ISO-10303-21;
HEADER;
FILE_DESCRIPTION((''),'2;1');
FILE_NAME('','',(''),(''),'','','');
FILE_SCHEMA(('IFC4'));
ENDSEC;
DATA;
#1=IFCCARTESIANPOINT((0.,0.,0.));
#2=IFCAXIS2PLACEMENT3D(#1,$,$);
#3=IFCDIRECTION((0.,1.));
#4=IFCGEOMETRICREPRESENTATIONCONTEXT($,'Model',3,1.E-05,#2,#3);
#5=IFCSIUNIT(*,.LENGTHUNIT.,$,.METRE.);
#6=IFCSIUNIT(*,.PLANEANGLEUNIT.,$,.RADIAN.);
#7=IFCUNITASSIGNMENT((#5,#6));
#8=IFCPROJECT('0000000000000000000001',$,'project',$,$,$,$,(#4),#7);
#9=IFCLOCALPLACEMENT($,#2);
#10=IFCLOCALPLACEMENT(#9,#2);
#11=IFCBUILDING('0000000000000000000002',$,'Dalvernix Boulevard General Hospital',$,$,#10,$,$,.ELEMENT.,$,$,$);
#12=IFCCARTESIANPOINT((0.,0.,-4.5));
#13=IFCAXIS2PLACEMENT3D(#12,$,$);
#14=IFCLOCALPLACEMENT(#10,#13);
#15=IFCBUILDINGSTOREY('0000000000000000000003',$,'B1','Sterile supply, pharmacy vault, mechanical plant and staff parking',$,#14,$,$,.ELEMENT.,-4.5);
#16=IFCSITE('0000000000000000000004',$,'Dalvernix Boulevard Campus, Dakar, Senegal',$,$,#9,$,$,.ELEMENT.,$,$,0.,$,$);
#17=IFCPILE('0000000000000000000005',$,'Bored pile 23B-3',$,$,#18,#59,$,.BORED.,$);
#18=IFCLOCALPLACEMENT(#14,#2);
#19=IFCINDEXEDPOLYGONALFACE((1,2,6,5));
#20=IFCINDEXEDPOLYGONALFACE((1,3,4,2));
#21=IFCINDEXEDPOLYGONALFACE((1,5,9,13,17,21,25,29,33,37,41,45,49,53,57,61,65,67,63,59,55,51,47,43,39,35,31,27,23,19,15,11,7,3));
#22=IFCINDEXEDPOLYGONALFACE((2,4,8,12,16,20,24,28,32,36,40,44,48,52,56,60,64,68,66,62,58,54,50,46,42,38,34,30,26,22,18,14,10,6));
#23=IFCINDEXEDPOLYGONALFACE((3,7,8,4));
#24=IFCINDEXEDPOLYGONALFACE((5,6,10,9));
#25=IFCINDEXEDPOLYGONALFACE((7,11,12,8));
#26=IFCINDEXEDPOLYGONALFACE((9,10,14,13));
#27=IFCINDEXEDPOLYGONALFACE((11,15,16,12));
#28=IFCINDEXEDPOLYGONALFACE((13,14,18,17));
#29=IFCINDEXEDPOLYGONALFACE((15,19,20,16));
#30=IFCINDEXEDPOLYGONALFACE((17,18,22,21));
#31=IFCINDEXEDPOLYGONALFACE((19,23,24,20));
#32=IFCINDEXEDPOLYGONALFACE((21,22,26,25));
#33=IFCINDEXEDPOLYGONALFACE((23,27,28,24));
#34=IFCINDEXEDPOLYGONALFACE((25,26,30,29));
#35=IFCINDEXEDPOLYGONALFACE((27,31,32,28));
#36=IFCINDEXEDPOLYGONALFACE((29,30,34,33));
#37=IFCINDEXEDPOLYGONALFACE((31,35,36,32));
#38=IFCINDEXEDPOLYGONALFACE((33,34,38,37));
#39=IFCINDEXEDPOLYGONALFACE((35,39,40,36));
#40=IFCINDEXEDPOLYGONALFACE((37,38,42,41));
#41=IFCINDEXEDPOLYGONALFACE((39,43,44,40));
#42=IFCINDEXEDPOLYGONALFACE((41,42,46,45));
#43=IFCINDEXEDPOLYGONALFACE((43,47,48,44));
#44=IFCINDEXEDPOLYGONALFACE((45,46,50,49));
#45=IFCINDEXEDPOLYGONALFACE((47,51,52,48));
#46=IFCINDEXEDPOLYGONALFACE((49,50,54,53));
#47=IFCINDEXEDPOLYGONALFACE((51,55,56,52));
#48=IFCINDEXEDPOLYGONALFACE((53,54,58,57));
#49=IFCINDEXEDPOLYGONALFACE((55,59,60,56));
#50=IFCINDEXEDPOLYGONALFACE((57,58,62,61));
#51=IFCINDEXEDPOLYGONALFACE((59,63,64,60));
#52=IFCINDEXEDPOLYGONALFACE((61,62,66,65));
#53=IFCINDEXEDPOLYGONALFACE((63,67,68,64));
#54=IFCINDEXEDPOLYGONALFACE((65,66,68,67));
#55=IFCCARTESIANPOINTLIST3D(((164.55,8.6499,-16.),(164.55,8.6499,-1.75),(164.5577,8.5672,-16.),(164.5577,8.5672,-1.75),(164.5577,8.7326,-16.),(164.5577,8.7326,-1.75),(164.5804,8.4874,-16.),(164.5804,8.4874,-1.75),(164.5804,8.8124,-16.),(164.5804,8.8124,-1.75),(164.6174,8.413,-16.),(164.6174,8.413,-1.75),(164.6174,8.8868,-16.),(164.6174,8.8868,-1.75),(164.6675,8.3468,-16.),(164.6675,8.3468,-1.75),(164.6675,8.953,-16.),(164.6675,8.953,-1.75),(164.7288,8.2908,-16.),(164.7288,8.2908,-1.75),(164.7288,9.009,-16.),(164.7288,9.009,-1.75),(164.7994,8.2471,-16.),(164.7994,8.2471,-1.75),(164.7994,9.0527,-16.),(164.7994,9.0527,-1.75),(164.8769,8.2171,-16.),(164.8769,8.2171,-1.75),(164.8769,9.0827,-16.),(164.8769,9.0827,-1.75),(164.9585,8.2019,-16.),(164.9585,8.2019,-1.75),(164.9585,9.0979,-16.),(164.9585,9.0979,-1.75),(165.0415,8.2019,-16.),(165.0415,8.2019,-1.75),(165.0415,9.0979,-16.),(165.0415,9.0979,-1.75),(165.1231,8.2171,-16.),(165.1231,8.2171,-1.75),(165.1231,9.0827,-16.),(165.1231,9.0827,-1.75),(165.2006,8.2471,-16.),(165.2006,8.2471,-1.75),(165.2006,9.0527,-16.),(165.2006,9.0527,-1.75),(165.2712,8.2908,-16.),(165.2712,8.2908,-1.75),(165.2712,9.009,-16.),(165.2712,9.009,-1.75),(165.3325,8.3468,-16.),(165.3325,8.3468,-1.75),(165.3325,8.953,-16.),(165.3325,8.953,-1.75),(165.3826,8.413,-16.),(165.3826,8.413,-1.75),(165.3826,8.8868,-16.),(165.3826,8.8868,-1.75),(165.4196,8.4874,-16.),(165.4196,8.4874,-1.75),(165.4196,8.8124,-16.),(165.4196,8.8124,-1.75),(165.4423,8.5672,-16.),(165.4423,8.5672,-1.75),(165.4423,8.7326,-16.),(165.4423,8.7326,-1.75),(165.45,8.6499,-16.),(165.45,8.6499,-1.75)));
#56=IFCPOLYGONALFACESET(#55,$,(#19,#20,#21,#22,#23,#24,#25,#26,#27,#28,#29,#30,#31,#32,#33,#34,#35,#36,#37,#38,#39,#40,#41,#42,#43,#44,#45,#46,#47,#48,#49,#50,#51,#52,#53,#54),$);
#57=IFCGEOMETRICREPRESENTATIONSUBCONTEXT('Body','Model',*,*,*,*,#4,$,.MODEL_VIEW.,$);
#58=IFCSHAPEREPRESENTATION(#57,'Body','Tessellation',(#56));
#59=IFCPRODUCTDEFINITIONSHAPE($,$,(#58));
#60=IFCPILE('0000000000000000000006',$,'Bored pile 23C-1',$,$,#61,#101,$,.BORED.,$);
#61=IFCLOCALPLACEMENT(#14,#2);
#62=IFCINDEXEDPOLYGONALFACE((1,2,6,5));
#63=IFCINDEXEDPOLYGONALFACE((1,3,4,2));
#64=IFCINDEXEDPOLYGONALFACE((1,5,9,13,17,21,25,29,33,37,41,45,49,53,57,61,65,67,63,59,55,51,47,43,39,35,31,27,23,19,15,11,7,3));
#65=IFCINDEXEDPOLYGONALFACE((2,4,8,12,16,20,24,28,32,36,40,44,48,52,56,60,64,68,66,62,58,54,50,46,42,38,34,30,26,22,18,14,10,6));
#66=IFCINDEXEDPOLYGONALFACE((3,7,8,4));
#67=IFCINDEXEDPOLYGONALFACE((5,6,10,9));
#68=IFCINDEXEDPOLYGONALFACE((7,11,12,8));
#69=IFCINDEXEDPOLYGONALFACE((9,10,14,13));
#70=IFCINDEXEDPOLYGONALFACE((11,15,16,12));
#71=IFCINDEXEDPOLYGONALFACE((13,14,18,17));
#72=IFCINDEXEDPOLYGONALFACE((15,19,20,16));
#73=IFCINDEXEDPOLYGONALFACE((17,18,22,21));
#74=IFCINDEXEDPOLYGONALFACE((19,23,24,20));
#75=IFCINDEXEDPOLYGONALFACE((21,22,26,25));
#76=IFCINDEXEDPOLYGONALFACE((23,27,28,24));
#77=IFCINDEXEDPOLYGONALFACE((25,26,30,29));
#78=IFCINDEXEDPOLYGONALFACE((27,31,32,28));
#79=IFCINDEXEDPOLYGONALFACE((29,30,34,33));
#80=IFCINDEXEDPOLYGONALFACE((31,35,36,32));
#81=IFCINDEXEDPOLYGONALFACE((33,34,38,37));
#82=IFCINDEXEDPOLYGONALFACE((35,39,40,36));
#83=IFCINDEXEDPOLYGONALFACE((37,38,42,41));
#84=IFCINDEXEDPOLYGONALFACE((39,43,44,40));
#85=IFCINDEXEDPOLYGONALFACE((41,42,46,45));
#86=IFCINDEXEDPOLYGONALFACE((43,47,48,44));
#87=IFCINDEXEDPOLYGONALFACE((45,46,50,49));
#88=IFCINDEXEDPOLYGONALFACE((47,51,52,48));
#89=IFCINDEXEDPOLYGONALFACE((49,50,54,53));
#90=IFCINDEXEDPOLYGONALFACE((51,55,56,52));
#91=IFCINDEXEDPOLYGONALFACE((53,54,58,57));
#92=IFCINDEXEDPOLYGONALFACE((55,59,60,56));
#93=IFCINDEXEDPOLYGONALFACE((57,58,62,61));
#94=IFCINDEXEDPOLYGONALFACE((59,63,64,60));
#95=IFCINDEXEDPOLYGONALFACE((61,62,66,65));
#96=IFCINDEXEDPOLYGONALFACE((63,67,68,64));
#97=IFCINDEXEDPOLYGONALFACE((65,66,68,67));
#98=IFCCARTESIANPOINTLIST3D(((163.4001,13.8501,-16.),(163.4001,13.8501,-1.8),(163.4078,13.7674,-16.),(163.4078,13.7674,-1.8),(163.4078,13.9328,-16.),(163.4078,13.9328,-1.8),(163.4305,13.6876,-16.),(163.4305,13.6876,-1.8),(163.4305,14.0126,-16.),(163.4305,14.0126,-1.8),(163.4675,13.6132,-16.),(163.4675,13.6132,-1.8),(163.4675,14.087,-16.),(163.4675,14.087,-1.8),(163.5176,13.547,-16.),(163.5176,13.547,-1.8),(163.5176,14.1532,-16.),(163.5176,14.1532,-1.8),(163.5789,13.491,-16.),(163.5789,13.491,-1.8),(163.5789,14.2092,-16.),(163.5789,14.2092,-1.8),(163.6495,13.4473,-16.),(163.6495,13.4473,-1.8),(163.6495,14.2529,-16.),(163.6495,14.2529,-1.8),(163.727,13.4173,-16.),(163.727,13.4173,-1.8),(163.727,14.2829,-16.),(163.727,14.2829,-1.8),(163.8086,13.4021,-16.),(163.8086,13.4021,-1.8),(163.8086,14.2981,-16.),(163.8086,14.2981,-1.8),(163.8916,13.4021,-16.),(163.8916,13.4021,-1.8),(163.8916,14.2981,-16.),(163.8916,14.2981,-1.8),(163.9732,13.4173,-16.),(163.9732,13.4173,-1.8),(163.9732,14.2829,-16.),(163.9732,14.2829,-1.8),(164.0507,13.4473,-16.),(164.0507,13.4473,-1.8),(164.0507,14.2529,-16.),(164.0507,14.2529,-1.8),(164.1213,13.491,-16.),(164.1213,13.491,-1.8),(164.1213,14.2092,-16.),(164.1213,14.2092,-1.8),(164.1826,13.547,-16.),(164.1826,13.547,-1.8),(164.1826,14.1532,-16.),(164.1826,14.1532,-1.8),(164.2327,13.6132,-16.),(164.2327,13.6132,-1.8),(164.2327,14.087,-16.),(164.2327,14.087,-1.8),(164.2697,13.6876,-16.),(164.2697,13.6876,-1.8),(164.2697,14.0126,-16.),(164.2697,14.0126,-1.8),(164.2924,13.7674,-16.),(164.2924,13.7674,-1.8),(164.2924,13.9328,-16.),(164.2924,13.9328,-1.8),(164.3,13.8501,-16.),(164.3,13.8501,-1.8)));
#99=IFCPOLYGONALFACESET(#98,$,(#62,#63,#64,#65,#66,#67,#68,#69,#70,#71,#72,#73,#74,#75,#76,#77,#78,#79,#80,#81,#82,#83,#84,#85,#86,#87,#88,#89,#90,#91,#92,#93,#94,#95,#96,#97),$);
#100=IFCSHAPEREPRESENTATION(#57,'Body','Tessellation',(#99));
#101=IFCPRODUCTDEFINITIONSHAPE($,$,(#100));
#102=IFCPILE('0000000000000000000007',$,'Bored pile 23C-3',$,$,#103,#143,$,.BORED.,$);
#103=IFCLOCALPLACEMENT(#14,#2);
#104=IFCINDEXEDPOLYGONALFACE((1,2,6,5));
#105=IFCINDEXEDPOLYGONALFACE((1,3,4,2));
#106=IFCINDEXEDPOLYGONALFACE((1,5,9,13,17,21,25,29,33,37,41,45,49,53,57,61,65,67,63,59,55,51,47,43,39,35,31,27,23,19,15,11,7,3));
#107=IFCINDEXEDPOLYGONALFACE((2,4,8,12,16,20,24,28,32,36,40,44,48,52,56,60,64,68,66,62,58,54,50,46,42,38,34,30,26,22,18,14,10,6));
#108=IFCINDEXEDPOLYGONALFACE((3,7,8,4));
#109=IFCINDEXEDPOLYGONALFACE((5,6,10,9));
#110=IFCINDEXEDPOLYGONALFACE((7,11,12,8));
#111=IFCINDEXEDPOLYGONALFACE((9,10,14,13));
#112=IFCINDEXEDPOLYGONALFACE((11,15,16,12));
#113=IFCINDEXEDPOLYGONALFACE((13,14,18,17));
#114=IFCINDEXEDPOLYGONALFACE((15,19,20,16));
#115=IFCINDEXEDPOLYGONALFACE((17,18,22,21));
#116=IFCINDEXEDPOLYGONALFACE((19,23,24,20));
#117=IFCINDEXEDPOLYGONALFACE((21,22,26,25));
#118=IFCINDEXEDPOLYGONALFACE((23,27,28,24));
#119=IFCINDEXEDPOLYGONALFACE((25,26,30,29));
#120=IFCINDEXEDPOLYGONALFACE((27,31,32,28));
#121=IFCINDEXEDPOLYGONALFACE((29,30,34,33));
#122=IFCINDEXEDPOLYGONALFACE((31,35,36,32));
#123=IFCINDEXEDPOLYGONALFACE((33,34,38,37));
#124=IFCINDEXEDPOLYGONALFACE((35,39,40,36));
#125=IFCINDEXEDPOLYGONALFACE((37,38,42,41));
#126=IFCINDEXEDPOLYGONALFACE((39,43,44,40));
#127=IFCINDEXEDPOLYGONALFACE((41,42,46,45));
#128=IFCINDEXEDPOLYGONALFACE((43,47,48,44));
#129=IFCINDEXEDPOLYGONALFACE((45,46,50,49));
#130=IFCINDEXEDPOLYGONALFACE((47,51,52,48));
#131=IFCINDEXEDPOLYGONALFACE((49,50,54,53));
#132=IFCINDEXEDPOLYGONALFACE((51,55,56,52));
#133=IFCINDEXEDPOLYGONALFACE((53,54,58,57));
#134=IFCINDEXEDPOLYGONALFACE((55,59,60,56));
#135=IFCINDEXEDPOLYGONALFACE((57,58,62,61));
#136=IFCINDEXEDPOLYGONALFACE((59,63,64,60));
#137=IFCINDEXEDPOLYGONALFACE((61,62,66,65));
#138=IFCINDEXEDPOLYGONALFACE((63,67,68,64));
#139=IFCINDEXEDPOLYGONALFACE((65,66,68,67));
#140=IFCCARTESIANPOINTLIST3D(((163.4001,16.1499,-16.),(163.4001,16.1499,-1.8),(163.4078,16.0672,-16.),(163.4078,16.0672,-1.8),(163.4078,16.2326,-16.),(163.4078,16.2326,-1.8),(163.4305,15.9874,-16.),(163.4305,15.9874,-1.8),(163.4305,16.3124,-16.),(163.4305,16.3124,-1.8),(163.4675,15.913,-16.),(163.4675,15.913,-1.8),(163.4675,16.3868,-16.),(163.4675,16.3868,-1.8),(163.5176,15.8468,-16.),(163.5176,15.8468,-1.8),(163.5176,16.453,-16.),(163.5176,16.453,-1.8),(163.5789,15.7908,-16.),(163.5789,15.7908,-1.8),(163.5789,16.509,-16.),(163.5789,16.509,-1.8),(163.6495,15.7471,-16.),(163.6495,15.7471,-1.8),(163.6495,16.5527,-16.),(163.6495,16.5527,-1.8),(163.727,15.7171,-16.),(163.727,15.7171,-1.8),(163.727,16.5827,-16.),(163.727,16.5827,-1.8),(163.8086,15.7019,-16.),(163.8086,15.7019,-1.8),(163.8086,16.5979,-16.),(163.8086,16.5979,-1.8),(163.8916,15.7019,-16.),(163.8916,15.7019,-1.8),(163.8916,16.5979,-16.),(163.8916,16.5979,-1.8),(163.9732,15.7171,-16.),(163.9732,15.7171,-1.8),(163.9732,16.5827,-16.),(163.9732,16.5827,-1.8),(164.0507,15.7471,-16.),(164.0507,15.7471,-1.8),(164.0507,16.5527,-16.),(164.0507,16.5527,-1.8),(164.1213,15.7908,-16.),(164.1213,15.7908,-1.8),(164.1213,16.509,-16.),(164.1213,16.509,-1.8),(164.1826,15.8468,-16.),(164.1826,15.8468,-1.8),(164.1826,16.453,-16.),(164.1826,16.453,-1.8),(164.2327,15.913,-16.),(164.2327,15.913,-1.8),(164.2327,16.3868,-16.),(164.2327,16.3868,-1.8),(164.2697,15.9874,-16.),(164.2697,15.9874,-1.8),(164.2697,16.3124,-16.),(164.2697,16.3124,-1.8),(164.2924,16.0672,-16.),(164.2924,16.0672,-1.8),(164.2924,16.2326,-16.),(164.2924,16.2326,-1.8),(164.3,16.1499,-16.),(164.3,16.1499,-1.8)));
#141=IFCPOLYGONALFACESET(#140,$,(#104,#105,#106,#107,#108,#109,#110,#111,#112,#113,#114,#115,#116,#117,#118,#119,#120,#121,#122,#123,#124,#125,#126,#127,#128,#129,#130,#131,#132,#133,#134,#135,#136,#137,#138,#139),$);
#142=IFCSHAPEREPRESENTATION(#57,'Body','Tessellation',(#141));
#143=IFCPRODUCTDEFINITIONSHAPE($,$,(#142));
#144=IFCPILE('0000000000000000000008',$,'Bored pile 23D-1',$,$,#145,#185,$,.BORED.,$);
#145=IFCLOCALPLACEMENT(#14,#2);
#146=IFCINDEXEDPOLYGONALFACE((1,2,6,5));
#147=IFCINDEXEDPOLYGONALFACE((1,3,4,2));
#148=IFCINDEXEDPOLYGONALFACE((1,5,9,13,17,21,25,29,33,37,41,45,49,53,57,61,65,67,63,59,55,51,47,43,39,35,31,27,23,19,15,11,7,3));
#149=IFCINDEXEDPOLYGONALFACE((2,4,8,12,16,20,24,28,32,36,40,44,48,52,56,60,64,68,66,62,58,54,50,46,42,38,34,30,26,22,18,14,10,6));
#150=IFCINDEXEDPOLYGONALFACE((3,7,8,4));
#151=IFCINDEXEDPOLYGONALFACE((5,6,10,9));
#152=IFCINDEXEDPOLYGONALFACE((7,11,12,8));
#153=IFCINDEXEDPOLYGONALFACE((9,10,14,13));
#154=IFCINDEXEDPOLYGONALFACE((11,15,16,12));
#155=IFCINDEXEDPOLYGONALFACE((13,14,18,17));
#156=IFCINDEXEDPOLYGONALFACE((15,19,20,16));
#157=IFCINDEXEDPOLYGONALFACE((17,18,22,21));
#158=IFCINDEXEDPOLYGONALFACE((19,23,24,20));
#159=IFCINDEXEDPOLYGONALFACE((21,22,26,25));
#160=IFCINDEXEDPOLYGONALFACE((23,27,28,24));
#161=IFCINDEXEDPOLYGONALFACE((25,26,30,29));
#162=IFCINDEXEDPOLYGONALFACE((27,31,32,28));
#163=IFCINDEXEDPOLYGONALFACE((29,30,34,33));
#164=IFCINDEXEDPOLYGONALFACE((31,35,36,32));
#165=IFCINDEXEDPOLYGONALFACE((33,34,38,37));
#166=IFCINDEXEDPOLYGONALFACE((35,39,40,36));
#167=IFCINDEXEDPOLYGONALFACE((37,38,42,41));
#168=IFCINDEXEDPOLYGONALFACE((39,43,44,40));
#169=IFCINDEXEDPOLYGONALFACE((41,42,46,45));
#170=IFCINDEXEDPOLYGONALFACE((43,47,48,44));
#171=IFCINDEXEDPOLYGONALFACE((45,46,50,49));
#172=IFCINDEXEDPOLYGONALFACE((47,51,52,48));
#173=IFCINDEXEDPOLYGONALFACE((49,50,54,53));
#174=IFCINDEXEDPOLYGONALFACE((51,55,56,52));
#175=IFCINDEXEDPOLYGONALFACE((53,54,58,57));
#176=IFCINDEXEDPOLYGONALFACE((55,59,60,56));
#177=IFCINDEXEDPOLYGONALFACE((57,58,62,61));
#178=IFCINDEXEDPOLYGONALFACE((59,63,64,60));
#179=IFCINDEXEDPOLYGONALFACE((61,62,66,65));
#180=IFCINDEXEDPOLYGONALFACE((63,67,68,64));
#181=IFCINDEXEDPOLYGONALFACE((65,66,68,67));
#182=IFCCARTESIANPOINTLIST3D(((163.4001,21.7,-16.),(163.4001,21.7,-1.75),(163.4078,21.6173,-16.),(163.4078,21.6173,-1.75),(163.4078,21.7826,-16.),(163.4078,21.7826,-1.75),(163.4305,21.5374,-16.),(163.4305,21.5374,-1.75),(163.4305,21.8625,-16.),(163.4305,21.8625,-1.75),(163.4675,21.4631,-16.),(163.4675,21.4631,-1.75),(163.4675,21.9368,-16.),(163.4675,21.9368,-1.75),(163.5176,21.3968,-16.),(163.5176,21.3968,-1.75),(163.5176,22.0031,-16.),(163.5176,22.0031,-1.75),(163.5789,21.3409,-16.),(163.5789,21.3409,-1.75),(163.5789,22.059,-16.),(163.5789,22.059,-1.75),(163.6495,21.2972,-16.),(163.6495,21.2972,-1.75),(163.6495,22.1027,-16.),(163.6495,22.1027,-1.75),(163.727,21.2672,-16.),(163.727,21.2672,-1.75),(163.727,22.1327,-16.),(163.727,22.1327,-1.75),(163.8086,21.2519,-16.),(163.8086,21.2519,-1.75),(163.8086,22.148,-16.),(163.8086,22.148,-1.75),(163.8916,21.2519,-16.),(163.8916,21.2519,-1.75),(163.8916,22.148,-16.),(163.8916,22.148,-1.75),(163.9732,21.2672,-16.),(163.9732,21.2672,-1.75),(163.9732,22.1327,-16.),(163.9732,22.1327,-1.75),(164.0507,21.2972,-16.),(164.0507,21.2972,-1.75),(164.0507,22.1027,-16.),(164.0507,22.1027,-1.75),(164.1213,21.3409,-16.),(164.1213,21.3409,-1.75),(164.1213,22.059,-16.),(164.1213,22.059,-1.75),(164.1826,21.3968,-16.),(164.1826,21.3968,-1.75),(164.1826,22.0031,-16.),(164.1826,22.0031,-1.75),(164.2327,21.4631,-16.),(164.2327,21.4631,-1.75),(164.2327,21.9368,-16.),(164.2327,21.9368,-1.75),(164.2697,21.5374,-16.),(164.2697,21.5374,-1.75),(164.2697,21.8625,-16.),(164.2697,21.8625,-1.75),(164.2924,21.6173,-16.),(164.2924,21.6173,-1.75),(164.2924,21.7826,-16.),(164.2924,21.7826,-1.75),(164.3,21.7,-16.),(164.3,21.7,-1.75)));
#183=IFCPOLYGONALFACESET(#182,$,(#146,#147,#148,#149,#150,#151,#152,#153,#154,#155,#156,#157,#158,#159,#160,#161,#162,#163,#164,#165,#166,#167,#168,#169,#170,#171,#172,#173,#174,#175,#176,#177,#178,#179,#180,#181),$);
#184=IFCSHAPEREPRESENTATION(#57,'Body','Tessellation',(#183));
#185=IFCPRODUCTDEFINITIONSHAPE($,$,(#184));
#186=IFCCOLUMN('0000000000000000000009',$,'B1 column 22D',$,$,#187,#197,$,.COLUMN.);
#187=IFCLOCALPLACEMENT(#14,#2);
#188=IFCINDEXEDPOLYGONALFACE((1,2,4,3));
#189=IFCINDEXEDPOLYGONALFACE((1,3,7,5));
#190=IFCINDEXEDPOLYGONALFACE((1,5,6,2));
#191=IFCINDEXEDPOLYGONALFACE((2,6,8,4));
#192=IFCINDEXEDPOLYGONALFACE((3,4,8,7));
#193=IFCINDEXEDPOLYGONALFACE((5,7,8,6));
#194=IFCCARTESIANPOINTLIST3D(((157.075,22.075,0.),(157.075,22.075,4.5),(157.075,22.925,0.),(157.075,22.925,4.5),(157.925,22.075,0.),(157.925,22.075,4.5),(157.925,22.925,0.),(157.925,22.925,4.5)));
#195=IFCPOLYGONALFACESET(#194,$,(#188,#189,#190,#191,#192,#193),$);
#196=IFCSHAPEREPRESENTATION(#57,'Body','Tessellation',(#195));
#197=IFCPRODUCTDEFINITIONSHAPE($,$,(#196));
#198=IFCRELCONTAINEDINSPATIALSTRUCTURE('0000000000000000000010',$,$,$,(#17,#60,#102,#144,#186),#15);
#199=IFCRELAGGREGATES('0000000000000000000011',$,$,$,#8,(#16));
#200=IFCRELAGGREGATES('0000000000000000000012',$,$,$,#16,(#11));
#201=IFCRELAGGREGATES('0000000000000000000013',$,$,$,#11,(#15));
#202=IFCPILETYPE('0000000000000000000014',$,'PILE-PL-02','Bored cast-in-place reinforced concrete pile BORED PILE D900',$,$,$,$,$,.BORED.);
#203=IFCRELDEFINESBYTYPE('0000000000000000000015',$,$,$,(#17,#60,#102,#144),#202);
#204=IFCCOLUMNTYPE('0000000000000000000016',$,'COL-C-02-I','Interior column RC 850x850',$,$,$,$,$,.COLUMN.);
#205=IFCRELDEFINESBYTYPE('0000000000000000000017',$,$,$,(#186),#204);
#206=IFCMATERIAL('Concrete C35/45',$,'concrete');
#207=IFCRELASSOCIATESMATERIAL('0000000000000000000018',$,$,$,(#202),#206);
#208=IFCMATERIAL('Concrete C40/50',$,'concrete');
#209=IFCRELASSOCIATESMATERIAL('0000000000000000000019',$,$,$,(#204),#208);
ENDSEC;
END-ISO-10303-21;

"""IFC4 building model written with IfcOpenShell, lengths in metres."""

from ifc_helpers import new_model, si_unit, direction, frame, origin, origin_2d, place, context, subcontext, project, spatial, rectangle, circle, extrude, material, material_profile, profile_set, type_object, element, save


model = new_model("IFC4")

# Units and contexts
model_context = context("Model", 3, precision=1e-05, world=origin(), true_north=direction((0.0, 1.0)))
body_context = subcontext(model_context, "Body", "Model", "MODEL_VIEW")
ifc_project = project(units=[si_unit("LENGTHUNIT", "METRE"), si_unit("PLANEANGLEUNIT", "RADIAN")], contexts=[model_context])

# Site, building, storey
site_placement = place(None, origin())
site = spatial("IfcSite", under=ifc_project, at=site_placement, Name="Dalvernix Boulevard Campus, Dakar, Senegal", CompositionType="ELEMENT", RefElevation=0.0)
building_placement = place(site_placement, origin())
building = spatial("IfcBuilding", under=site, at=building_placement, Name="Dalvernix Boulevard General Hospital", CompositionType="ELEMENT")
storey_placement = place(building_placement, frame((0.0, 0.0, -4.5)))
storey = spatial("IfcBuildingStorey", under=building, at=storey_placement, Name="B1", Description="Sterile supply, pharmacy vault, mechanical plant and staff parking", CompositionType="ELEMENT", Elevation=-4.5)

# Shared definitions
ifc_material_1 = material(Name="Concrete C35/45", Category="concrete")
ifc_material_2 = material(Name="Concrete C40/50", Category="concrete")

# Piles
ifc_material_profile_1 = material_profile(ifc_material_1, circle(Radius=0.45, at=origin_2d()), Name="BORED PILE D900")
ifc_profile_set_1 = profile_set([ifc_material_profile_1], Name="Concrete C35/45")
pile_type = type_object("IfcPileType", Name="PILE-PL-02", Description="Bored cast-in-place reinforced concrete pile BORED PILE D900", PredefinedType="BORED", material=ifc_profile_set_1)
pile_1_placement = place(storey_placement, frame((165.0, 8.6499, -1.75), z_axis=(0.0, 0.0, -1.0), x_axis=(1.0, 0.0, 0.0)))
element("IfcPile", 1, at=pile_1_placement, inside=storey, type_object=pile_type, Name="Bored pile 23B-3", PredefinedType="BORED", context=body_context, shape_type="SweptSolid", body=[
    extrude(circle(Radius=0.45, at=origin_2d()), origin(), (0.0, 0.0, 1.0), 14.25),
])
for number, where, z_axis, x_axis, name in (
    (2, (163.8501, 13.8501, -1.8), (0.0, 0.0, -1.0), (1.0, 0.0, 0.0), "Bored pile 23C-1"),
    (3, (163.8501, 16.1499, -1.8), (0.0, 0.0, -1.0), (1.0, 0.0, 0.0), "Bored pile 23C-3"),
):
    element("IfcPile", number, at=place(storey_placement, frame(where, z_axis=z_axis, x_axis=x_axis)), inside=storey, type_object=pile_type, Name=name, PredefinedType="BORED", context=body_context, shape_type="SweptSolid", body=[
        extrude(circle(Radius=0.45, at=origin_2d()), origin(), (0.0, 0.0, 1.0), 14.2),
    ])
pile_2_placement = place(storey_placement, frame((163.8501, 21.7, -1.75), z_axis=(0.0, 0.0, -1.0), x_axis=(1.0, 0.0, 0.0)))
element("IfcPile", 4, at=pile_2_placement, inside=storey, type_object=pile_type, Name="Bored pile 23D-1", PredefinedType="BORED", context=body_context, shape_type="SweptSolid", body=[
    extrude(circle(Radius=0.45, at=origin_2d()), origin(), (0.0, 0.0, 1.0), 14.25),
])

# Column
ifc_material_profile_2 = material_profile(ifc_material_2, rectangle(XDim=0.8501, YDim=0.8501, at=origin_2d()), Name="RC 850x850")
ifc_profile_set_2 = profile_set([ifc_material_profile_2], Name="Concrete C40/50")
column_type_1 = type_object("IfcColumnType", Name="COL-C-02-I", Description="Interior column RC 850x850", PredefinedType="COLUMN", material=ifc_profile_set_2)
column_1_placement = place(storey_placement, frame((157.5, 22.5, 0.0), z_axis=(0.0, 0.0, 1.0), x_axis=(1.0, 0.0, 0.0)))
element("IfcColumn", 5, at=column_1_placement, inside=storey, type_object=column_type_1, Name="B1 column 22D", PredefinedType="COLUMN", context=body_context, shape_type="SweptSolid", body=[
    extrude(rectangle(XDim=0.8501, YDim=0.8501, at=origin_2d()), origin(), (0.0, 0.0, 1.0), 4.5),
])

save(model, "model.ifc")
